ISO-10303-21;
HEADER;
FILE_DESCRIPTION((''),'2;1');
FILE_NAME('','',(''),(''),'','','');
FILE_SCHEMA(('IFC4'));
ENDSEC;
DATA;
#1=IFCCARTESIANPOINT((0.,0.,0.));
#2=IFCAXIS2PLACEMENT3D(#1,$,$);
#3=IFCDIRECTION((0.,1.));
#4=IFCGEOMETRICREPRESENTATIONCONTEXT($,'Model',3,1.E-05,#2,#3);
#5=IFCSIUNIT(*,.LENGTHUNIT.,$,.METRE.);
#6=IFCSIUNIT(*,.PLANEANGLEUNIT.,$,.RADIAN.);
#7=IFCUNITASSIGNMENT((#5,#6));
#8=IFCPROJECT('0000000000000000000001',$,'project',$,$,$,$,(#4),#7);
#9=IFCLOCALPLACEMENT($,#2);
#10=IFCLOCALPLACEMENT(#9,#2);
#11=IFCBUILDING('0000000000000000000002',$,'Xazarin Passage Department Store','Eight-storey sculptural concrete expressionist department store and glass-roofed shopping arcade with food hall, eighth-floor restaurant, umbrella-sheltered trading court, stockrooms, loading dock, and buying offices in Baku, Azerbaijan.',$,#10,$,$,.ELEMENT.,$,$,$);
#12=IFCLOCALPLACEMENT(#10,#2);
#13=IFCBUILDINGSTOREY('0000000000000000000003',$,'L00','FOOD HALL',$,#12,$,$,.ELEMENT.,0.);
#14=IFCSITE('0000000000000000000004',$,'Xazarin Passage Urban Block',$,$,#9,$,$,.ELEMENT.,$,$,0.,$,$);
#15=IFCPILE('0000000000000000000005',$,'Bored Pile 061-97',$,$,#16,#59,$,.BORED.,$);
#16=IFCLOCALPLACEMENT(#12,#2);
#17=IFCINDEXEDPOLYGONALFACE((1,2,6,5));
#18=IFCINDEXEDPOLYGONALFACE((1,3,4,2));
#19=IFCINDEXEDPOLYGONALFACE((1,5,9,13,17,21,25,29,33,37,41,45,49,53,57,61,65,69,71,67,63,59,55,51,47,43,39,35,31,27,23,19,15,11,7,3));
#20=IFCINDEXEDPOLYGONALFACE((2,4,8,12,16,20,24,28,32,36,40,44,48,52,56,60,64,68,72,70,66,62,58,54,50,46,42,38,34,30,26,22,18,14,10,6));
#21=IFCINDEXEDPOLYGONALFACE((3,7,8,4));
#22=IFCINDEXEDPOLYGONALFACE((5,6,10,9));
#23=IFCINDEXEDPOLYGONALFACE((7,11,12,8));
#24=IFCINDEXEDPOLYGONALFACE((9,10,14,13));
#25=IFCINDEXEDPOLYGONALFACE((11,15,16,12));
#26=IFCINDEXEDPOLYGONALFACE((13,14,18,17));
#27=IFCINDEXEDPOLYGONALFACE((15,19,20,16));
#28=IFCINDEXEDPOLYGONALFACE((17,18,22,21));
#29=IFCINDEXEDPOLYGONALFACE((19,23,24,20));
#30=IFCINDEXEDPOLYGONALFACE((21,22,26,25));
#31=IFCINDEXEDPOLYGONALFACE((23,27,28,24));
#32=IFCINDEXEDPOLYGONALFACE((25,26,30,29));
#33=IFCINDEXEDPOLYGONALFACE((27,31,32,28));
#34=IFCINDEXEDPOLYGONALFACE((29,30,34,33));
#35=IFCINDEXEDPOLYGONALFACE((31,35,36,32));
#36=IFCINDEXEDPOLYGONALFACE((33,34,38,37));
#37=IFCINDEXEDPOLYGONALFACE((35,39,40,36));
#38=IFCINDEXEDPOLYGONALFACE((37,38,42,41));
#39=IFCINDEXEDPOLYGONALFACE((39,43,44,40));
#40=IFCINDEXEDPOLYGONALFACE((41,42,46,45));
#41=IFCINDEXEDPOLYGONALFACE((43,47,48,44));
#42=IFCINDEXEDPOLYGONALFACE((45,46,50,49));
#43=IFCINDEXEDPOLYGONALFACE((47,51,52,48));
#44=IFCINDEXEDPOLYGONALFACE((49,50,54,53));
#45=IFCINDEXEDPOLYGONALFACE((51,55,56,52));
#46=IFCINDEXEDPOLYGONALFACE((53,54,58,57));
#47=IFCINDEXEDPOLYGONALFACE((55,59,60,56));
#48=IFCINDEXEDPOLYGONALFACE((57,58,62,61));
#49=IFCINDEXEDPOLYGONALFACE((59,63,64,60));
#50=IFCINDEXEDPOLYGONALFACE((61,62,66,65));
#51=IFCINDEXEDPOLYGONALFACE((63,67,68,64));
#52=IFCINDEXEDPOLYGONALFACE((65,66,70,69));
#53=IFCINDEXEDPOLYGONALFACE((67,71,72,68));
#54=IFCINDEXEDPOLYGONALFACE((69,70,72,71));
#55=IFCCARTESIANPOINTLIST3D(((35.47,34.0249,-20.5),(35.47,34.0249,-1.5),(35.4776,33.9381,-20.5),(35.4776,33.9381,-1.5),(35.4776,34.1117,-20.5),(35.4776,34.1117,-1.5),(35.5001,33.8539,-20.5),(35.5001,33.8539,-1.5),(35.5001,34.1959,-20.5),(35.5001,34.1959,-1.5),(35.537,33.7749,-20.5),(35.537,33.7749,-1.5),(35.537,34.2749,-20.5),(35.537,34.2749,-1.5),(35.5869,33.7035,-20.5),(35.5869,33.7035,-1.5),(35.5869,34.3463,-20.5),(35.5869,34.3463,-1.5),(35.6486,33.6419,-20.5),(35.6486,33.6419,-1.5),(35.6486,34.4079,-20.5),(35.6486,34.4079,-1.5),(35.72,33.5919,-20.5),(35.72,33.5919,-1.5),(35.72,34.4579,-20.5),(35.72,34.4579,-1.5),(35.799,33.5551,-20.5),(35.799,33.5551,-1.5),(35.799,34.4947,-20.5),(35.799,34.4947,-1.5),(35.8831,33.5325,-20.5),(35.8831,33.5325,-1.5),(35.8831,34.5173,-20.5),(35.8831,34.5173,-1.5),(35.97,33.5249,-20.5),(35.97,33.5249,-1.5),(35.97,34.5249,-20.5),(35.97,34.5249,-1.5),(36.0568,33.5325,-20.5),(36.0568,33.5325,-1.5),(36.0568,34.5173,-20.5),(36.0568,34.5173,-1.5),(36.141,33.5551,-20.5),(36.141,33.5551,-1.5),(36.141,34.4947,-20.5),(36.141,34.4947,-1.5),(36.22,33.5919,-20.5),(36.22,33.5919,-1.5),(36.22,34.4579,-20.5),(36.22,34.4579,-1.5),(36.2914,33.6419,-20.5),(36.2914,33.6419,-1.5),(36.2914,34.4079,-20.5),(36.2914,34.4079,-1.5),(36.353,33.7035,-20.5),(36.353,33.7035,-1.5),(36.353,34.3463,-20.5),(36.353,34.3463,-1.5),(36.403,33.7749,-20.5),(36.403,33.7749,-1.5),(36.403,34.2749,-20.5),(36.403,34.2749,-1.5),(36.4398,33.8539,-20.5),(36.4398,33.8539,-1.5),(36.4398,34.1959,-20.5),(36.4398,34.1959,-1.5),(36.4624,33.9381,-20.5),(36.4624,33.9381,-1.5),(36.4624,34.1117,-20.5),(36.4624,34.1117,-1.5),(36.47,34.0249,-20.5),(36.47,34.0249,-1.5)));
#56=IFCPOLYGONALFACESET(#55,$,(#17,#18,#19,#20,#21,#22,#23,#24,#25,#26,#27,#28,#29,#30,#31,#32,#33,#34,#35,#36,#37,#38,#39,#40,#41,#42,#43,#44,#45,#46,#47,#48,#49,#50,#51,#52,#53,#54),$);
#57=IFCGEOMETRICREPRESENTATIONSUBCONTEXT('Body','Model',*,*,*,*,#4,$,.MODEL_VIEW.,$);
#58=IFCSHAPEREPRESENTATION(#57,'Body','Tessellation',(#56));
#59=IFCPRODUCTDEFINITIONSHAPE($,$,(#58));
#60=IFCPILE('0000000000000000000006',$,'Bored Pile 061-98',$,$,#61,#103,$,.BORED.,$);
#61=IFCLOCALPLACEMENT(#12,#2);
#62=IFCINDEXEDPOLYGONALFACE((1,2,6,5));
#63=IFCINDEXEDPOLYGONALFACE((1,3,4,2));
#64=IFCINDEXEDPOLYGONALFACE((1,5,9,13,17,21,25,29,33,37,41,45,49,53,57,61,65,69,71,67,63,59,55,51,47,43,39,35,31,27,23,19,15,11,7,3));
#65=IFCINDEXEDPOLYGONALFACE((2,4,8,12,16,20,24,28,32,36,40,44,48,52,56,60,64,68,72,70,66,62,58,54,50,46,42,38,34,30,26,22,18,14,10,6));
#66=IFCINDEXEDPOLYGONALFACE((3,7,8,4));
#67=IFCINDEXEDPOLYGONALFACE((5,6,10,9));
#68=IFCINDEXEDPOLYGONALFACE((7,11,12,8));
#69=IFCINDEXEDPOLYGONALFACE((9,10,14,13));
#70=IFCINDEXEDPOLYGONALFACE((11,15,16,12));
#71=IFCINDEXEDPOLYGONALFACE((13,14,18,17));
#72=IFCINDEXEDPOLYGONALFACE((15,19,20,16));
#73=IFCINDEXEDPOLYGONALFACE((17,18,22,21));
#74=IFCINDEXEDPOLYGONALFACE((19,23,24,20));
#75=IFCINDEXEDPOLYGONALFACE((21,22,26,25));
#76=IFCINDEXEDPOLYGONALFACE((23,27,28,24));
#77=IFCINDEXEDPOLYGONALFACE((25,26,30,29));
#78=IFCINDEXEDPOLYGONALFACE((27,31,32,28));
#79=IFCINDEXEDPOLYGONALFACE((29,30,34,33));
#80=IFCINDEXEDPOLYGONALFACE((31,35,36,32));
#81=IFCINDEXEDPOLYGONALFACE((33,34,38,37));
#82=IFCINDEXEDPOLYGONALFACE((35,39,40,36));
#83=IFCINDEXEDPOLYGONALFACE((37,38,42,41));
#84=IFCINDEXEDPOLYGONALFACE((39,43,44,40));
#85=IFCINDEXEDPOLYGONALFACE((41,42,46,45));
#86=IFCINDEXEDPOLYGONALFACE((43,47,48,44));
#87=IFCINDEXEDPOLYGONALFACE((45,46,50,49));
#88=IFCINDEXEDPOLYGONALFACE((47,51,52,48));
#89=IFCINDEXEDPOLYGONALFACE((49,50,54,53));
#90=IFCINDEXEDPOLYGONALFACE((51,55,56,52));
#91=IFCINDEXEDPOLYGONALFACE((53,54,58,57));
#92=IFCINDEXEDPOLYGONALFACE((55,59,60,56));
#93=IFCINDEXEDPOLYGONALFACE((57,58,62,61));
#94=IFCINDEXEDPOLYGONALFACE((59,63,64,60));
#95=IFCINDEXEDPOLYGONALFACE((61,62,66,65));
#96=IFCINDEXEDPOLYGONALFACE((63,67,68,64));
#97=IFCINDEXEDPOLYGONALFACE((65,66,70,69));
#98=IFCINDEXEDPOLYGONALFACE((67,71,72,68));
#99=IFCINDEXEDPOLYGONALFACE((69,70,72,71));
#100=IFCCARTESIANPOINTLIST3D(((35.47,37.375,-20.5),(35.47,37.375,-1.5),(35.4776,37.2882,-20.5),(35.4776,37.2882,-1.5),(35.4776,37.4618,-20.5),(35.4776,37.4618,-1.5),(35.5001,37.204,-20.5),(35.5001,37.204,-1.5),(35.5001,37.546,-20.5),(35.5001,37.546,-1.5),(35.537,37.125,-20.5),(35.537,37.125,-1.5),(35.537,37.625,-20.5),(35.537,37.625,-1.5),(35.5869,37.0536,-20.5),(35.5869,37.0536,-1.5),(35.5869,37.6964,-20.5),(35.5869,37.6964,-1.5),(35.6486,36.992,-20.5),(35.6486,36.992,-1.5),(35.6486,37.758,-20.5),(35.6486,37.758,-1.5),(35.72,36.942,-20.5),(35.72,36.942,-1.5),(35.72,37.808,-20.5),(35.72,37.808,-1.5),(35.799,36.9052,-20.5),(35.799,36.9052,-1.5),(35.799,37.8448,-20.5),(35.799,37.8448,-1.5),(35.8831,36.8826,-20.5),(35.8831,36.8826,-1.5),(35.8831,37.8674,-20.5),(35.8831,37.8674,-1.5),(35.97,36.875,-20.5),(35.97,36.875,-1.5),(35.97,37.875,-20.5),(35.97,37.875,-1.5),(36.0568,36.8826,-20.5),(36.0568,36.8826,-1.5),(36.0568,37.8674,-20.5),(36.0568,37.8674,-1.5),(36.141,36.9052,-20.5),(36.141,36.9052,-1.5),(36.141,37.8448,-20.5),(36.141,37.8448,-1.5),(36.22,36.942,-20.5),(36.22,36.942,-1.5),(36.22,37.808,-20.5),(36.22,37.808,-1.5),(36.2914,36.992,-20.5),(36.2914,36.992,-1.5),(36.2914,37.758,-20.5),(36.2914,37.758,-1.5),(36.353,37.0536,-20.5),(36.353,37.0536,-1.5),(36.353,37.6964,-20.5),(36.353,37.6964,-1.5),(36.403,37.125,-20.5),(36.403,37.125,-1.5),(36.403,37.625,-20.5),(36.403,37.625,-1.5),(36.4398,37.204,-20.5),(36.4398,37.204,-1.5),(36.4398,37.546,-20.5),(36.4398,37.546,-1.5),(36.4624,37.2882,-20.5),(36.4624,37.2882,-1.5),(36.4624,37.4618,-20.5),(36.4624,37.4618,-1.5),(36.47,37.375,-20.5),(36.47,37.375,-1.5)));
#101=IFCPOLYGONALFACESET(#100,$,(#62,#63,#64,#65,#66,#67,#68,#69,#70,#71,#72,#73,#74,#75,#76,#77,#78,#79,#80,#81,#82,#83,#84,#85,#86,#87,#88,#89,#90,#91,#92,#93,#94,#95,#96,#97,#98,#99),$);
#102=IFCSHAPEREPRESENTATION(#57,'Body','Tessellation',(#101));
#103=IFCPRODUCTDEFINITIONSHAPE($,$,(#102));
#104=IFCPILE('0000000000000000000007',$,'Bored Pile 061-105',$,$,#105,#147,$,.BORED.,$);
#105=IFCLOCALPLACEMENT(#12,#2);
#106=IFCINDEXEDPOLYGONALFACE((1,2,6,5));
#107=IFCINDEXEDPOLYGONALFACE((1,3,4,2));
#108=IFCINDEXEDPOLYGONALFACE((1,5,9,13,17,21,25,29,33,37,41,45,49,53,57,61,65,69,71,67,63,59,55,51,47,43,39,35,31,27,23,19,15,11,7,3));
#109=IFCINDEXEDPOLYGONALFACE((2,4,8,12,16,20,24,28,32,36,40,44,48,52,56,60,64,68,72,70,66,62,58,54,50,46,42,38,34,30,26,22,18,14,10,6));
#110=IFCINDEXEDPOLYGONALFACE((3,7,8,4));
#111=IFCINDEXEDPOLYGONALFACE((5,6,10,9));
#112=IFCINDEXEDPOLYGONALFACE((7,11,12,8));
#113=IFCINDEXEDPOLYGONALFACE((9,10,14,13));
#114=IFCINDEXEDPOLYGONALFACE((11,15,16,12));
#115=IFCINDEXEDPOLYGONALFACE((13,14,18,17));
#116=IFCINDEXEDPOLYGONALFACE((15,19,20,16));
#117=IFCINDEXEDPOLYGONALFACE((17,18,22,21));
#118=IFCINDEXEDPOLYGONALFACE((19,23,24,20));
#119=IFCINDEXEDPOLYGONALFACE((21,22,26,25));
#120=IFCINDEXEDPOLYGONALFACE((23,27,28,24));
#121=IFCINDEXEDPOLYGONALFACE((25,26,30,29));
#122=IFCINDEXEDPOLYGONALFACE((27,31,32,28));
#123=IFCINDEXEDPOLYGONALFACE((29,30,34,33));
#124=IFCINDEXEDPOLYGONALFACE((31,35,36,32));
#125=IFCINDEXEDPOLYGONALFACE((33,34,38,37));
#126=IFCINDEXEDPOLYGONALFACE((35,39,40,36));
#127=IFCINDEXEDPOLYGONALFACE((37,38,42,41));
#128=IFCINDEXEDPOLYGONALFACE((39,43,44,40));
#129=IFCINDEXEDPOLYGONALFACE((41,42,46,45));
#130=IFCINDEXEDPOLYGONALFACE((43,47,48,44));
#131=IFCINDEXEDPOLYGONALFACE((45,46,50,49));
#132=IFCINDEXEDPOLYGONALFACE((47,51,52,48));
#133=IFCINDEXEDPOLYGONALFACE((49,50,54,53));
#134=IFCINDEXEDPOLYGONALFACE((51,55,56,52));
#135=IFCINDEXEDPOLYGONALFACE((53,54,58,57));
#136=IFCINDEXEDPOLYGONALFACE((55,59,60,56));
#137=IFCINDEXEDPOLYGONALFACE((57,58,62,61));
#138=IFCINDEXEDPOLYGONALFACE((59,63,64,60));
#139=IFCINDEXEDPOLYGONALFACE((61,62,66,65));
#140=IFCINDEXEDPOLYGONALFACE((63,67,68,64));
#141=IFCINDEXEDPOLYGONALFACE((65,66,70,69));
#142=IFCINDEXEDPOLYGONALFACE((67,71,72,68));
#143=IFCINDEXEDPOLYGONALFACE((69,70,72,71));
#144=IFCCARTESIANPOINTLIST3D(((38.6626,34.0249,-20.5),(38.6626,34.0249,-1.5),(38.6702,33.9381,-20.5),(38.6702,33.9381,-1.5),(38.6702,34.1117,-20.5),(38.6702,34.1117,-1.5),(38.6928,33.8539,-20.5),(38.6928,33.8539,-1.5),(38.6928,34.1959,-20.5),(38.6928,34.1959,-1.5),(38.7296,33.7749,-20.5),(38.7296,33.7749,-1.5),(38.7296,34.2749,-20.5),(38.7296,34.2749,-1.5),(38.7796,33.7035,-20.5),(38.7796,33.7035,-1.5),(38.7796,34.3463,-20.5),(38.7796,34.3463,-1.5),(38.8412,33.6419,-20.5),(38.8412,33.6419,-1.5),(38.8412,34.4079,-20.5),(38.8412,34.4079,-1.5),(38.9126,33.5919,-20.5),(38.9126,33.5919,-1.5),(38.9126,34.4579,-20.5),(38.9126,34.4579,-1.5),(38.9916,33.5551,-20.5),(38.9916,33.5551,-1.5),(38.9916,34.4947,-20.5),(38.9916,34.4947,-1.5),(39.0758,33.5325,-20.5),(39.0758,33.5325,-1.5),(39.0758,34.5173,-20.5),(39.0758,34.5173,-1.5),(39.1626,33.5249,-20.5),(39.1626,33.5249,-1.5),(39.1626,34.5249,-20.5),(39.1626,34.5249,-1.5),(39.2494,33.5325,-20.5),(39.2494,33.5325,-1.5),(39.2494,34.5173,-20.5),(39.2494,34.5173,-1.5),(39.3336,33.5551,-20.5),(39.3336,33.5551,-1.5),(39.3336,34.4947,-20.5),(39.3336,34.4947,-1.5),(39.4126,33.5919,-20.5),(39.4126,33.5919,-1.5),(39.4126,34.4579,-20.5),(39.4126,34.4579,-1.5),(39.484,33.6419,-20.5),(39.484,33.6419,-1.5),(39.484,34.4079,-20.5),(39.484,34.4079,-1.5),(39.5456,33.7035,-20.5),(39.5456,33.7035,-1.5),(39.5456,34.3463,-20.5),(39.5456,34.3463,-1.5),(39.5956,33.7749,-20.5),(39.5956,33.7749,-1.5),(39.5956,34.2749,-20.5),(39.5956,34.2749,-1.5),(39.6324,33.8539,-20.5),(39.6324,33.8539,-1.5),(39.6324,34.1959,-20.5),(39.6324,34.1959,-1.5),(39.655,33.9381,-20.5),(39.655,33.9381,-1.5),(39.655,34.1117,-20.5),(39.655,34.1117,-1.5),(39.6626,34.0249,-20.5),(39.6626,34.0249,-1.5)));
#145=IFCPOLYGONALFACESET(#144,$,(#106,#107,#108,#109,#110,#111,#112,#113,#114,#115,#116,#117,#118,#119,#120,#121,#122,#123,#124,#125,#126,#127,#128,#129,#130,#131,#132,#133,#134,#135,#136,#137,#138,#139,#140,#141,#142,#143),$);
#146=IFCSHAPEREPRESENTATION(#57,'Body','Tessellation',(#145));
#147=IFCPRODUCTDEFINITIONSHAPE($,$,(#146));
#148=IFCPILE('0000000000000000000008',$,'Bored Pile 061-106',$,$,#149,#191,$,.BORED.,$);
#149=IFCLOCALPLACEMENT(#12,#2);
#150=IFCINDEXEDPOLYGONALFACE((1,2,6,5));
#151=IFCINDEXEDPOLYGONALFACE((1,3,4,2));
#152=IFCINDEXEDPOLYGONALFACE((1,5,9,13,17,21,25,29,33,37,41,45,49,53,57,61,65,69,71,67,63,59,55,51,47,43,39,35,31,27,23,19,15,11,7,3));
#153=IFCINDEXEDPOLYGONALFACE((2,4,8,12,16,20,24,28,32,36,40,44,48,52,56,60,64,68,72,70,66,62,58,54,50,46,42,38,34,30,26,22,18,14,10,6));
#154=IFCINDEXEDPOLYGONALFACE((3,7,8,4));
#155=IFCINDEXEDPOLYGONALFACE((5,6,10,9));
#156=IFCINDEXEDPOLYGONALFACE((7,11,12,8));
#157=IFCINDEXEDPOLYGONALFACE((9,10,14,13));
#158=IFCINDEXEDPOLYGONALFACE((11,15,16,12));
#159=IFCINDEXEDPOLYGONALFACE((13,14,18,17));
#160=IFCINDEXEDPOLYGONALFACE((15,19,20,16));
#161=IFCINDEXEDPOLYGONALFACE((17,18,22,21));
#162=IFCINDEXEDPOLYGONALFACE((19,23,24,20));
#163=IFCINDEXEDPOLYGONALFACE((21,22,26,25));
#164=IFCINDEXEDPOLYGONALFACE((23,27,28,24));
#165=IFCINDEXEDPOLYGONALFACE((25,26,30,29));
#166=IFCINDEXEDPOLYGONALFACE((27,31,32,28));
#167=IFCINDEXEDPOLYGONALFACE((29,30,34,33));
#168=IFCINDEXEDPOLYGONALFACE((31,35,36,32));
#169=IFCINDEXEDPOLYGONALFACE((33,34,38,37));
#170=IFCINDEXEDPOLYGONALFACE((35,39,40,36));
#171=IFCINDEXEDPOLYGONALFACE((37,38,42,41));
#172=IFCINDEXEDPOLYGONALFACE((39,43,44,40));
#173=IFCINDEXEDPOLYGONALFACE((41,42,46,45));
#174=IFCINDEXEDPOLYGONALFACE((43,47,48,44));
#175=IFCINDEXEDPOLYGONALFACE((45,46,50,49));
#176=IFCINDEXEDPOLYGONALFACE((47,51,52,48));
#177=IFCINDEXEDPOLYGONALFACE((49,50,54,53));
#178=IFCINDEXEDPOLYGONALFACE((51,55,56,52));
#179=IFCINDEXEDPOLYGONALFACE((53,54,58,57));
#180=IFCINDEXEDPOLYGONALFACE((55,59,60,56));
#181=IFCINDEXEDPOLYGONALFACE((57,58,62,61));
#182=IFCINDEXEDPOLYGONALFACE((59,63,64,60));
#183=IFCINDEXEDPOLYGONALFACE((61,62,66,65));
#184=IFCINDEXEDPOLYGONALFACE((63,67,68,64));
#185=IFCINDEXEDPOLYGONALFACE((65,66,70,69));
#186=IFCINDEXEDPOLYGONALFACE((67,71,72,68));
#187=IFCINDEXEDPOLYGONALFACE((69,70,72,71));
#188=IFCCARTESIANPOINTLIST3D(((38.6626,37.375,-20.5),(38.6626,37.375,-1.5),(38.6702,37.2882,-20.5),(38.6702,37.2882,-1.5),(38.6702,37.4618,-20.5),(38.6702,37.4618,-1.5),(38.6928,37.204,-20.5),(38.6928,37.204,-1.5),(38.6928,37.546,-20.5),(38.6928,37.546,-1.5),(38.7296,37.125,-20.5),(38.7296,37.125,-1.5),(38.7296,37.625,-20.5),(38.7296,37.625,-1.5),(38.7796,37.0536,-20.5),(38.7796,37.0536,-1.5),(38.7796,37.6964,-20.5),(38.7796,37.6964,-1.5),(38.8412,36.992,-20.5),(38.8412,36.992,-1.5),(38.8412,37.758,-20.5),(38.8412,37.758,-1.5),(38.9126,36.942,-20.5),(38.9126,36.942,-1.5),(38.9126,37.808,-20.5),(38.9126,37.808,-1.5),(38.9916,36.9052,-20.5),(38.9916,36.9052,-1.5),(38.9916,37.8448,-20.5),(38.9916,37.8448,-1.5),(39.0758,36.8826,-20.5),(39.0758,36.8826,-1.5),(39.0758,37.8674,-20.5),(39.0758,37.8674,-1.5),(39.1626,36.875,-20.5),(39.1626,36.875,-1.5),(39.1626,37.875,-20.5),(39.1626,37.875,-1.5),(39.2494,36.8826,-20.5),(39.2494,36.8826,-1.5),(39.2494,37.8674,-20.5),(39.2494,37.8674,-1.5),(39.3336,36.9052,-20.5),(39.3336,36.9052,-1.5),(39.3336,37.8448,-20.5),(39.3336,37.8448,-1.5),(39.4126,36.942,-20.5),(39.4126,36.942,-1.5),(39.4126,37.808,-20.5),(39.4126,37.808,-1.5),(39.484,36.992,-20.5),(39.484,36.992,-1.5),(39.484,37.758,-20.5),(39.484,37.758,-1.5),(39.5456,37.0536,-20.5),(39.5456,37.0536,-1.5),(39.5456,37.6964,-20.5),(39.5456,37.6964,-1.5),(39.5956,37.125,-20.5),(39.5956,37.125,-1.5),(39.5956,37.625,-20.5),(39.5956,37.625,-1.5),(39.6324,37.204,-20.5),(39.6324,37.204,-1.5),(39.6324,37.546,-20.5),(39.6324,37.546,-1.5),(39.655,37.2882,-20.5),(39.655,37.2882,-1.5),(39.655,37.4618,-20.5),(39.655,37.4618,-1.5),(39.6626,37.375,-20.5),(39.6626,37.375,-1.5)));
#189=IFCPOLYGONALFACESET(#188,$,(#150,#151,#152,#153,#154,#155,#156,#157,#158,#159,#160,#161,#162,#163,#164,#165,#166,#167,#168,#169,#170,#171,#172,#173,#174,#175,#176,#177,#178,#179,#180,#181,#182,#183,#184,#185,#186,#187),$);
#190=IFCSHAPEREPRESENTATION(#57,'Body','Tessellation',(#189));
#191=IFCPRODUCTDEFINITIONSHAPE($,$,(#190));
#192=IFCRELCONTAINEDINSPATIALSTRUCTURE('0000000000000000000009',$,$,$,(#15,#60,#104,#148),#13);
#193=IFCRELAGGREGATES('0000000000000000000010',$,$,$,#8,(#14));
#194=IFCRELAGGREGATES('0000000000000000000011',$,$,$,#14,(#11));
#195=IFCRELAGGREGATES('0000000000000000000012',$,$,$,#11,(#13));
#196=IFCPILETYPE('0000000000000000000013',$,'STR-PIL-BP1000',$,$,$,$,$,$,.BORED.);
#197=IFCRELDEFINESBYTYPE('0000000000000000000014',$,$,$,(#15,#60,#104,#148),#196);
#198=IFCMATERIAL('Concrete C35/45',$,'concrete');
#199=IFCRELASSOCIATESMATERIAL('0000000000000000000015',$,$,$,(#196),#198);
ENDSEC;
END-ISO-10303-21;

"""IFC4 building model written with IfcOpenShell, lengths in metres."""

from ifc_helpers import new_model, si_unit, direction, frame, origin, origin_2d, place, context, subcontext, project, spatial, circle, extrude, material, material_profile, profile_set, type_object, element, save


model = new_model("IFC4")

# Units and contexts
model_context = context("Model", 3, precision=1e-05, world=origin(), true_north=direction((0.0, 1.0)))
body_context = subcontext(model_context, "Body", "Model", "MODEL_VIEW")
ifc_project = project(units=[si_unit("LENGTHUNIT", "METRE"), si_unit("PLANEANGLEUNIT", "RADIAN")], contexts=[model_context])

# Site, building, storey
site_placement = place(None, origin())
site = spatial("IfcSite", under=ifc_project, at=site_placement, Name="Xazarin Passage Urban Block", CompositionType="ELEMENT", RefElevation=0.0)
building_placement = place(site_placement, origin())
building = spatial("IfcBuilding", under=site, at=building_placement, Name="Xazarin Passage Department Store", Description="Eight-storey sculptural concrete expressionist department store and glass-roofed shopping arcade with food hall, eighth-floor restaurant, umbrella-sheltered trading court, stockrooms, loading dock, and buying offices in Baku, Azerbaijan.", CompositionType="ELEMENT")
storey_placement = place(building_placement, origin())
storey = spatial("IfcBuildingStorey", under=building, at=storey_placement, Name="L00", Description="FOOD HALL", CompositionType="ELEMENT", Elevation=0.0)

# Shared definitions
ifc_material_1 = material(Name="Concrete C35/45", Category="concrete")

# Piles
ifc_material_profile_1 = material_profile(ifc_material_1, circle(Radius=0.5, at=origin_2d()), Name="BP 1000")
ifc_profile_set_1 = profile_set([ifc_material_profile_1], Name="Concrete C35/45")
pile_type_1 = type_object("IfcPileType", Name="STR-PIL-BP1000", PredefinedType="BORED", material=ifc_profile_set_1)
for number, where, z_axis, x_axis, name in (
    (1, (35.97, 34.0249, -1.5), (0.0, 0.0, -1.0), (1.0, 0.0, 0.0), "Bored Pile 061-97"),
    (2, (35.97, 37.375, -1.5), (0.0, 0.0, -1.0), (1.0, 0.0, 0.0), "Bored Pile 061-98"),
    (3, (39.1626, 34.0249, -1.5), (0.0, 0.0, -1.0), (1.0, 0.0, 0.0), "Bored Pile 061-105"),
    (4, (39.1626, 37.375, -1.5), (0.0, 0.0, -1.0), (1.0, 0.0, 0.0), "Bored Pile 061-106"),
):
    element("IfcPile", number, at=place(storey_placement, frame(where, z_axis=z_axis, x_axis=x_axis)), inside=storey, type_object=pile_type_1, Name=name, PredefinedType="BORED", context=body_context, shape_type="SweptSolid", body=[
        extrude(circle(Radius=0.5, at=origin_2d()), origin(), (0.0, 0.0, 1.0), 19.0),
    ])

save(model, "model.ifc")
